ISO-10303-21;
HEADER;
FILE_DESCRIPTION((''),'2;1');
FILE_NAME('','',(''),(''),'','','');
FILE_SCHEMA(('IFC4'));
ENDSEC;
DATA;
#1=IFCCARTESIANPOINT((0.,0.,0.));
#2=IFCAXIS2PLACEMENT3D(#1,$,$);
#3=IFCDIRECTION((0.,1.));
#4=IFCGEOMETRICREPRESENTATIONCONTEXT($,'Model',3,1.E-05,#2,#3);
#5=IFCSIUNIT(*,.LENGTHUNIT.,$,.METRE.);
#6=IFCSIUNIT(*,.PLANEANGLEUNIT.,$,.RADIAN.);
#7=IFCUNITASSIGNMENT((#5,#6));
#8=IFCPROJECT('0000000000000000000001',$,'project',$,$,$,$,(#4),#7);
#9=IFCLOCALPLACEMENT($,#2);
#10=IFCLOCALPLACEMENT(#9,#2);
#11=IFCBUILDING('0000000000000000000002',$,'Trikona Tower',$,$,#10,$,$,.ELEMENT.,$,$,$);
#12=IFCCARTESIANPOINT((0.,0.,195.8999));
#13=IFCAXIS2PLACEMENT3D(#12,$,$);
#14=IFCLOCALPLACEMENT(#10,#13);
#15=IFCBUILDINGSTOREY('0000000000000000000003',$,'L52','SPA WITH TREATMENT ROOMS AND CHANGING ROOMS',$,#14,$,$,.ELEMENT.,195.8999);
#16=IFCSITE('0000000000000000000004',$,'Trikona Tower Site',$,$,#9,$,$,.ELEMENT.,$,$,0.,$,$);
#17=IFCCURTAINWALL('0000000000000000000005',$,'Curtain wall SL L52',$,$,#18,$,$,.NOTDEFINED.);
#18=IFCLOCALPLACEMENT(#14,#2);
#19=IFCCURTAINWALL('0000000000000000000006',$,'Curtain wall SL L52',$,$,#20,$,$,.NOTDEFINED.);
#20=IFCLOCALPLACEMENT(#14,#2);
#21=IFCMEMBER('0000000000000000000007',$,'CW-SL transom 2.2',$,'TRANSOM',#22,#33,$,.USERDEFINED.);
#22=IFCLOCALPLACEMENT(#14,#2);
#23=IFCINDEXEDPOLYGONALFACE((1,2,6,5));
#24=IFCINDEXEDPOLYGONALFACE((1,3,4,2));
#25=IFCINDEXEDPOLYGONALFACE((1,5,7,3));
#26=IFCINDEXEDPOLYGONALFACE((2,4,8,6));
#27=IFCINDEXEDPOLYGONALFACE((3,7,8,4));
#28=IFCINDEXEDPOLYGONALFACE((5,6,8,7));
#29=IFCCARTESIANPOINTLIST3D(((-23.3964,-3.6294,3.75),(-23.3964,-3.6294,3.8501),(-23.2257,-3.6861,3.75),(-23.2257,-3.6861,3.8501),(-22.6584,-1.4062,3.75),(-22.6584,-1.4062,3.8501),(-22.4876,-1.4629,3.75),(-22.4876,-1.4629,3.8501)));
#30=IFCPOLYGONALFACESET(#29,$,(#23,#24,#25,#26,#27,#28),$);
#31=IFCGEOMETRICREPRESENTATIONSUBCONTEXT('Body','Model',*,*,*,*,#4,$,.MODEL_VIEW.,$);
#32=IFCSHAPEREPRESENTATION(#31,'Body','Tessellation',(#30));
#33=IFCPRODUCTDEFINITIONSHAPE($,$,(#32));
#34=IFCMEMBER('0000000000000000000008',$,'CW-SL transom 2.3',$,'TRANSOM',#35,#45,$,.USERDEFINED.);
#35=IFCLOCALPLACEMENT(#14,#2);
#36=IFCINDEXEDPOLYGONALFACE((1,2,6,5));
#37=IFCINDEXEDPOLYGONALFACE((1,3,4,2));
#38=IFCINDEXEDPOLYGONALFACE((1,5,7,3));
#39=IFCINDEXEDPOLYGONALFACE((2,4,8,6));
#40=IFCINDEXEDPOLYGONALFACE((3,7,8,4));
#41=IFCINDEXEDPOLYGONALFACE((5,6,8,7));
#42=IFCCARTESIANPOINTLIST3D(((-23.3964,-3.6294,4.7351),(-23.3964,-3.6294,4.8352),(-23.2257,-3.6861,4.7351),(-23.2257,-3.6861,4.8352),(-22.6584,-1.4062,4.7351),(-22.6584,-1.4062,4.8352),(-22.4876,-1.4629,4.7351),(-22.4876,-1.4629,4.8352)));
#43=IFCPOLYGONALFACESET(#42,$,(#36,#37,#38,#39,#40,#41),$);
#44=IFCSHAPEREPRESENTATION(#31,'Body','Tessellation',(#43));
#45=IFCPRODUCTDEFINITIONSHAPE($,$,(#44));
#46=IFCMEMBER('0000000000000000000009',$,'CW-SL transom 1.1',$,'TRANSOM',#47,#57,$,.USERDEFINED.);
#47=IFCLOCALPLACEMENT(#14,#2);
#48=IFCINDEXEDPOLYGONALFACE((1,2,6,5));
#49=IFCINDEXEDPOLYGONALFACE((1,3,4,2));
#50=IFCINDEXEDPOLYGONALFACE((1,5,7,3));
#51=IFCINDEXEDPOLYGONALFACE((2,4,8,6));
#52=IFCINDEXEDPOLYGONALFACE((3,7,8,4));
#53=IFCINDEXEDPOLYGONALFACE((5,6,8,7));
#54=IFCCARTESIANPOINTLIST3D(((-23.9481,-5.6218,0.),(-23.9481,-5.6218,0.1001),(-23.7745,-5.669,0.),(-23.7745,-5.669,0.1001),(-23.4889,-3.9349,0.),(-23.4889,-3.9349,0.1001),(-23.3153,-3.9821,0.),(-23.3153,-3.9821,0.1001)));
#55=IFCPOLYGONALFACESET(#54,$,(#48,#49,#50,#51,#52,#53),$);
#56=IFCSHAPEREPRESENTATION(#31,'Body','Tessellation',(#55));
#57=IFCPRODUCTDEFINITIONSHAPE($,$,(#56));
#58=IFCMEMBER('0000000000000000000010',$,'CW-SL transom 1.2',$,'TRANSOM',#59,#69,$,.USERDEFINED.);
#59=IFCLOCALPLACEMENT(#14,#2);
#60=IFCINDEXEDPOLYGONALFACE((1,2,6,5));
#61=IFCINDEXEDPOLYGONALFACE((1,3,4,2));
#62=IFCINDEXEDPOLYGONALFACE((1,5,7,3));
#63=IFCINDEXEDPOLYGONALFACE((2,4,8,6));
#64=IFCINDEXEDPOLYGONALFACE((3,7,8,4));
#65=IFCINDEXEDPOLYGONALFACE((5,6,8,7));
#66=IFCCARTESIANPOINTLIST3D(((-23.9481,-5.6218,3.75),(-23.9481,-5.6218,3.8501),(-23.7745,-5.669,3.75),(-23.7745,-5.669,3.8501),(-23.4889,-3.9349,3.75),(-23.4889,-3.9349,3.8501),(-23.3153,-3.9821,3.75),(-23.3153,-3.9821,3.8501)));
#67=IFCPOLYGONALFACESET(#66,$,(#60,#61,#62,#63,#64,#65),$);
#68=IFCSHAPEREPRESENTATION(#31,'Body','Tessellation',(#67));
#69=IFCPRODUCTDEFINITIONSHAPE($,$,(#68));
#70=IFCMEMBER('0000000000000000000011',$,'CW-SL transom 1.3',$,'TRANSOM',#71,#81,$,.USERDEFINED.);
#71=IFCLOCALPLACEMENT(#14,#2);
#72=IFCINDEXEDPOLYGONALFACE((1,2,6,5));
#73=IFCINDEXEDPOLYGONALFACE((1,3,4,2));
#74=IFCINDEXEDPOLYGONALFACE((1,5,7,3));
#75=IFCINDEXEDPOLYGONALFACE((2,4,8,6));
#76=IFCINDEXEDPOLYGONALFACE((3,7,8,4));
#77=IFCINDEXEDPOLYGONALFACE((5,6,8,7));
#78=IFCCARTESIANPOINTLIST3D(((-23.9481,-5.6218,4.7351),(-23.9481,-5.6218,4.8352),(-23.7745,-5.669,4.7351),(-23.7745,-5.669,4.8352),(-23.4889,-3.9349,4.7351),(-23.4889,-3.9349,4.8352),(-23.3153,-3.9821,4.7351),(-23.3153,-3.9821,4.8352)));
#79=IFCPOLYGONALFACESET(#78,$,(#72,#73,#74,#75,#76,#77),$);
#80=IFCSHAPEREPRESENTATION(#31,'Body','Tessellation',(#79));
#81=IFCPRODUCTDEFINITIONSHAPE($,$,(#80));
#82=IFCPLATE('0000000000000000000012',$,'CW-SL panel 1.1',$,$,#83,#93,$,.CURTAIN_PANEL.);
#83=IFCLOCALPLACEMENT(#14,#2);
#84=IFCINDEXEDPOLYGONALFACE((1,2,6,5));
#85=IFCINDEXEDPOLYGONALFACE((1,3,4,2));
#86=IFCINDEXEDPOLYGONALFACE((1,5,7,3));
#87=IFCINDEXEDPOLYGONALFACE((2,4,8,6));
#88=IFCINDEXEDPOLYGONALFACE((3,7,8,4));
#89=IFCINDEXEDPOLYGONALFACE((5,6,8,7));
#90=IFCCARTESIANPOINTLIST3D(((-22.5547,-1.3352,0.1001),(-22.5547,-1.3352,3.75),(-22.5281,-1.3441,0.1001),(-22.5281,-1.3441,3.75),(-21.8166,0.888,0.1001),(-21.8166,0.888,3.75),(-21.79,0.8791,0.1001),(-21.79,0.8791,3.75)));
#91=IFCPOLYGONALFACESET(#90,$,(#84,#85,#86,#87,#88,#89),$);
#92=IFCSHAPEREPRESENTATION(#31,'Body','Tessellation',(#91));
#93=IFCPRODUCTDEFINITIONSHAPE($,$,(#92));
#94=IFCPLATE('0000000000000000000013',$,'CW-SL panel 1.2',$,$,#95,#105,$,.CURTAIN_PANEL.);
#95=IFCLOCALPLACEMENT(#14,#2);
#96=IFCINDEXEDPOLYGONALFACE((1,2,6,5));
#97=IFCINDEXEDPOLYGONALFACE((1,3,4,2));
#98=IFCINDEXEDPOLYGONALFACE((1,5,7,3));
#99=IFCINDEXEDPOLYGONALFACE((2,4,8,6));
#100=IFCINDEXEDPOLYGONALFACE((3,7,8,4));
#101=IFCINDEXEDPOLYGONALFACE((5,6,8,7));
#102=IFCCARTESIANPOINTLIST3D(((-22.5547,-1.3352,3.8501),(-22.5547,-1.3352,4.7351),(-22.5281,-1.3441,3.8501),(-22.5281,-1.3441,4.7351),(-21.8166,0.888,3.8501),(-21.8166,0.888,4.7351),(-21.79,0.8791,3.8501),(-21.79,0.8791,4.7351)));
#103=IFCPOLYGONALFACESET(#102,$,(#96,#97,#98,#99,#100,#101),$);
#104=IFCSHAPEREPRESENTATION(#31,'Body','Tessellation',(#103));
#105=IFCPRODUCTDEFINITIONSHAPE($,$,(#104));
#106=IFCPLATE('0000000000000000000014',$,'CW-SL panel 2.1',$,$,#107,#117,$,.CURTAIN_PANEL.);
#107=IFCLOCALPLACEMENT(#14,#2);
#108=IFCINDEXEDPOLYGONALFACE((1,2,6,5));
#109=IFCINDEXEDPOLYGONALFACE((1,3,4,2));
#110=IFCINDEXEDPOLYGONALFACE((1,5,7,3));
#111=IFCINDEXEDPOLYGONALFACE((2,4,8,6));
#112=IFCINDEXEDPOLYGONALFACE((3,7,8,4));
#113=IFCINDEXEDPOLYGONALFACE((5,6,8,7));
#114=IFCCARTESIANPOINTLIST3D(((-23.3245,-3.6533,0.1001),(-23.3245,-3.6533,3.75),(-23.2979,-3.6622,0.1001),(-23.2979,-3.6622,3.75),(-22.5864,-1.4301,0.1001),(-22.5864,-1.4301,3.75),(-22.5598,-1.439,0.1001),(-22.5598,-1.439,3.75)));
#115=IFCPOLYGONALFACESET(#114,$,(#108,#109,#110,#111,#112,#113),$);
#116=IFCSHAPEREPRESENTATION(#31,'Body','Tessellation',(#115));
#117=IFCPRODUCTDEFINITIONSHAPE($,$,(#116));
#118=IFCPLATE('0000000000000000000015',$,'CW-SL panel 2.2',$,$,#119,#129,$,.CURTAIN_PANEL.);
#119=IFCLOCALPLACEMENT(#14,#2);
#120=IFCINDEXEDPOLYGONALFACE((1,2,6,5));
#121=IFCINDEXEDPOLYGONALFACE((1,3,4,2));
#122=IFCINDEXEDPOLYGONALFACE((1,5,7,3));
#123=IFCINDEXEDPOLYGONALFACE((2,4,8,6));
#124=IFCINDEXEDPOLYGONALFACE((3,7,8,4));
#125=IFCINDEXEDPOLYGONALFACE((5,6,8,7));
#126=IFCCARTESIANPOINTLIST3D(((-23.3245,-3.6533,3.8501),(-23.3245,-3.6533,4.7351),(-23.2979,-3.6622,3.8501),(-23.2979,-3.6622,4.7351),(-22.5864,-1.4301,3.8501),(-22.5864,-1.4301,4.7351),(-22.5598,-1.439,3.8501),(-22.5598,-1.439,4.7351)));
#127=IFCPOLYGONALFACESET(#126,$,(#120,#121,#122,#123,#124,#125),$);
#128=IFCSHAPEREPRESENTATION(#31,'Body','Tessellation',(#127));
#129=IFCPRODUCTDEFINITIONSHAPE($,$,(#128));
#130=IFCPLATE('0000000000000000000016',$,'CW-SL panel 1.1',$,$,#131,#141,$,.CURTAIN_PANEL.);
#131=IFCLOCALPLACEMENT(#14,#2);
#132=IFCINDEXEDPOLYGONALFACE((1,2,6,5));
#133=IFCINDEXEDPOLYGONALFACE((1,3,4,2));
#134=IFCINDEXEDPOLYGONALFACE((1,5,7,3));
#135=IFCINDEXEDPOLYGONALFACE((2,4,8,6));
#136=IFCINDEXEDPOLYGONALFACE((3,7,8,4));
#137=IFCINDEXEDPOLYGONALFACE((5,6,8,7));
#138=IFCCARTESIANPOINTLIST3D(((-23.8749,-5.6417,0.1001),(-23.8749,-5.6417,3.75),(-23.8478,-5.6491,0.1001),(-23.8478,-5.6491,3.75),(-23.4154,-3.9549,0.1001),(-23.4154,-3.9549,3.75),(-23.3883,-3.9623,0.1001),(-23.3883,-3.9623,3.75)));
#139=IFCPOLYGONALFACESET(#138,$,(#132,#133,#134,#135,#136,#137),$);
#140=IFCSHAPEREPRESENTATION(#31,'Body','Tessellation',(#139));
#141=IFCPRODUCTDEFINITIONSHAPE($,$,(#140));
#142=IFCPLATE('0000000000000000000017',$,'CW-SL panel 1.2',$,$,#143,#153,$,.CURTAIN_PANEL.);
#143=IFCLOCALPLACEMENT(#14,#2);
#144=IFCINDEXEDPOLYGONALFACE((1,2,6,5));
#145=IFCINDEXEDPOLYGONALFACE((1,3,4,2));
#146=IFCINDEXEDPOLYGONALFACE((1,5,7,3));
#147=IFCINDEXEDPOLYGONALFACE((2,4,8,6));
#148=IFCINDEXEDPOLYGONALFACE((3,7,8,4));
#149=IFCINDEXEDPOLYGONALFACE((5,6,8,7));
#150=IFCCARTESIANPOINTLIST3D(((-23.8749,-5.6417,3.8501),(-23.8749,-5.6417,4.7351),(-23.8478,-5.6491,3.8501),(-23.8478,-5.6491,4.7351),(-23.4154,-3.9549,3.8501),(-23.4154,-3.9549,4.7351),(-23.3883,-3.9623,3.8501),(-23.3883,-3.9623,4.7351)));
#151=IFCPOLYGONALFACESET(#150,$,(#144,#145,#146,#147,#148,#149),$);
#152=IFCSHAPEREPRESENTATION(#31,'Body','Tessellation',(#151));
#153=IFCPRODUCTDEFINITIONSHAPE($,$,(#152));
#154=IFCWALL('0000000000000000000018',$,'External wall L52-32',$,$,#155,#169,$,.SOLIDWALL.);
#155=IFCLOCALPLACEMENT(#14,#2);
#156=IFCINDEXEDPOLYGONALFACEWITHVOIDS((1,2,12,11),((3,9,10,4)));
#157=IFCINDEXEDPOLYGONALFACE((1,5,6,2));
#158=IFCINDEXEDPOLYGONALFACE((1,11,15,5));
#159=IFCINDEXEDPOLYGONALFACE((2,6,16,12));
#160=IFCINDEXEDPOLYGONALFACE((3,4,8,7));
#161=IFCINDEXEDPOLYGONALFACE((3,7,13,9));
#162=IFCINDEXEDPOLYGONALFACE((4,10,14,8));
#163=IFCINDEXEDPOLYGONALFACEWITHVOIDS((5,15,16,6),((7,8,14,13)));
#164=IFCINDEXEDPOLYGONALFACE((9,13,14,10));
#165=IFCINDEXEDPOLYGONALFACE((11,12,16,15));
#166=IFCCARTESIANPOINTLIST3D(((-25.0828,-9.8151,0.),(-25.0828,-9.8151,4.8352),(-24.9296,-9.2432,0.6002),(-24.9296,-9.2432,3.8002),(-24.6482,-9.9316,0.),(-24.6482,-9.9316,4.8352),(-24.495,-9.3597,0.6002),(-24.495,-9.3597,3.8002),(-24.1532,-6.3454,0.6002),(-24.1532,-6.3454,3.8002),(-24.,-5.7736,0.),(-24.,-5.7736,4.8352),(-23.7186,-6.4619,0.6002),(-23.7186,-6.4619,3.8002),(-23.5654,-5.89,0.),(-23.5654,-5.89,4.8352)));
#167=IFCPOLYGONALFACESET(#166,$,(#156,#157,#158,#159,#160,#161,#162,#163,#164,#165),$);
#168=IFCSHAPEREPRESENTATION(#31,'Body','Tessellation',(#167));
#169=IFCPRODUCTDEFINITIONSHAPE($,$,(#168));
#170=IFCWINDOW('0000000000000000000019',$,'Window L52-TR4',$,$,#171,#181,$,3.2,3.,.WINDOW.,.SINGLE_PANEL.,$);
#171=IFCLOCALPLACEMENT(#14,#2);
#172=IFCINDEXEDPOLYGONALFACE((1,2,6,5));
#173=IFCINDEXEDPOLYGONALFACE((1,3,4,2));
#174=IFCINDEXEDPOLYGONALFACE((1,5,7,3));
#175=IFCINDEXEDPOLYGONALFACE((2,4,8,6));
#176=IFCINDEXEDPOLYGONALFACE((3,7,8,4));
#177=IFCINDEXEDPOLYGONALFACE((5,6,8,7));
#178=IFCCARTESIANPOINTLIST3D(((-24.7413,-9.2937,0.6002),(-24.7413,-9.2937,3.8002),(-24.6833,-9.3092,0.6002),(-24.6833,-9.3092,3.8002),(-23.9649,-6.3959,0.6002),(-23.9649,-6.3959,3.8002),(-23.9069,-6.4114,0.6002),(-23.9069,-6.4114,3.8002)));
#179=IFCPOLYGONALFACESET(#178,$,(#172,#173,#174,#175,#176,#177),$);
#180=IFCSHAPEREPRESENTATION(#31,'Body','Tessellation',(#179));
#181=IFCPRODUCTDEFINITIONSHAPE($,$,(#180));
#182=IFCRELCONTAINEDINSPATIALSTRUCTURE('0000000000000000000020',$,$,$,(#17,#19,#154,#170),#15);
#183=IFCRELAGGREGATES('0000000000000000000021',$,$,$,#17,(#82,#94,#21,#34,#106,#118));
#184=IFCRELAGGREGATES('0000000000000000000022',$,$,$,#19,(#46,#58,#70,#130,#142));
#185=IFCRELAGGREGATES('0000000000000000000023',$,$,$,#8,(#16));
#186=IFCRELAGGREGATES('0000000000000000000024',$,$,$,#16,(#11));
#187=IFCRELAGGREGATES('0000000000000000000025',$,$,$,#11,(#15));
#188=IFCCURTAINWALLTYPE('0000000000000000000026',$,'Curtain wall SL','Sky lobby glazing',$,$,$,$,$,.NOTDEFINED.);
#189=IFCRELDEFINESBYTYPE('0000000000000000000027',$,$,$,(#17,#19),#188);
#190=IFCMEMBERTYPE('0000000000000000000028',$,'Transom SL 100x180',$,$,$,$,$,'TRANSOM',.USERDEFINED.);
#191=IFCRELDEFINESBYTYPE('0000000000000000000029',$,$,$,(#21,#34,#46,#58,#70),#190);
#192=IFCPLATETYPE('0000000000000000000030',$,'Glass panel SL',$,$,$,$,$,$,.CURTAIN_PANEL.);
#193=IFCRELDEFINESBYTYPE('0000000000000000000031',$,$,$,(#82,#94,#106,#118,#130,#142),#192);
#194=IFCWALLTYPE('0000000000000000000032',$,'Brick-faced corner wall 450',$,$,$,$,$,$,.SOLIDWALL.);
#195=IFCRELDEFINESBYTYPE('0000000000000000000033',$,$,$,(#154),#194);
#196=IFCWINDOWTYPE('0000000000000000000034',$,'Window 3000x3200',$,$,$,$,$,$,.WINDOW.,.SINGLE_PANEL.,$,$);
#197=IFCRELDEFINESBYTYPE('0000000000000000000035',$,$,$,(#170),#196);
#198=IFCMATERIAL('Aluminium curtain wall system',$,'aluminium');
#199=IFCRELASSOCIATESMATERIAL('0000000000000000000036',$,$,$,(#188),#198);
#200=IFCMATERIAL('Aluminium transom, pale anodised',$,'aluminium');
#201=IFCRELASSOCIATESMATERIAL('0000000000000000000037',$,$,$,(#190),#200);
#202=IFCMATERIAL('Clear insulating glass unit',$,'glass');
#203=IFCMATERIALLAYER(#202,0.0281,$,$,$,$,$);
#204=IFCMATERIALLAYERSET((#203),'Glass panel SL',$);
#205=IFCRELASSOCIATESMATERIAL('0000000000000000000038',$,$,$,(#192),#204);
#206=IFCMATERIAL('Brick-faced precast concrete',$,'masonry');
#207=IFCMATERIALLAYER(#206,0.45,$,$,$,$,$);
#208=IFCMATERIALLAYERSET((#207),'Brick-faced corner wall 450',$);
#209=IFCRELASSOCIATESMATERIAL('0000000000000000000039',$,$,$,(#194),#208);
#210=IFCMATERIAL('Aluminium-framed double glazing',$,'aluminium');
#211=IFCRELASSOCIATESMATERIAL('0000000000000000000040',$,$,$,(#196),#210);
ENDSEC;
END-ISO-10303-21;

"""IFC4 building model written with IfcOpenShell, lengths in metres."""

from ifc_helpers import new_model, si_unit, direction, frame, frame_2d, origin, origin_2d, place, context, subcontext, project, spatial, rectangle, extrude, material, layer, layer_set, material_profile, profile_set, type_object, element, fill, aggregate, save


model = new_model("IFC4")

# Units and contexts
model_context = context("Model", 3, precision=1e-05, world=origin(), true_north=direction((0.0, 1.0)))
body_context = subcontext(model_context, "Body", "Model", "MODEL_VIEW")
ifc_project = project(units=[si_unit("LENGTHUNIT", "METRE"), si_unit("PLANEANGLEUNIT", "RADIAN")], contexts=[model_context])

# Site, building, storey
site_placement = place(None, origin())
site = spatial("IfcSite", under=ifc_project, at=site_placement, Name="Trikona Tower Site", CompositionType="ELEMENT", RefElevation=0.0)
building_placement = place(site_placement, origin())
building = spatial("IfcBuilding", under=site, at=building_placement, Name="Trikona Tower", CompositionType="ELEMENT")
storey_placement = place(building_placement, frame((0.0, 0.0, 195.8999)))
storey = spatial("IfcBuildingStorey", under=building, at=storey_placement, Name="L52", Description="SPA WITH TREATMENT ROOMS AND CHANGING ROOMS", CompositionType="ELEMENT", Elevation=195.8999)

# Curtain walls
ifc_material_1 = material(Name="Aluminium curtain wall system", Category="aluminium")
curtain_wall_type = type_object("IfcCurtainWallType", Name="Curtain wall SL", Description="Sky lobby glazing", PredefinedType="NOTDEFINED", material=ifc_material_1)
curtain_wall_1_placement = place(storey_placement, origin())
curtain_wall_1 = element("IfcCurtainWall", 1, at=curtain_wall_1_placement, inside=storey, type_object=curtain_wall_type, Name="Curtain wall SL L52", PredefinedType="NOTDEFINED")
curtain_wall_2_placement = place(storey_placement, origin())
curtain_wall_2 = element("IfcCurtainWall", 2, at=curtain_wall_2_placement, inside=storey, type_object=curtain_wall_type, Name="Curtain wall SL L52", PredefinedType="NOTDEFINED")

# Members
ifc_material_2 = material(Name="Aluminium transom, pale anodised", Category="aluminium")
ifc_material_profile_1 = material_profile(ifc_material_2, rectangle(XDim=0.1799, YDim=0.1001, at=origin_2d()), Name="TRN-SL")
ifc_profile_set_1 = profile_set([ifc_material_profile_1], Name="Aluminium transom, pale anodised")
member_type_1 = type_object("IfcMemberType", Name="Transom SL 100x180", ElementType="TRANSOM", PredefinedType="USERDEFINED", material=ifc_profile_set_1)
member_1_placement = place(storey_placement, frame((-22.573, -1.4346, 3.8), z_axis=(-0.315071, -0.949068, 0.0), x_axis=(0.949068, -0.315071, 0.0)))
member_1 = element("IfcMember", 3, at=member_1_placement, type_object=member_type_1, Name="CW-SL transom 2.2", ObjectType="TRANSOM", PredefinedType="USERDEFINED", context=body_context, shape_type="SweptSolid", body=[
    extrude(rectangle(XDim=0.1799, YDim=0.1001, at=origin_2d()), origin(), (0.0, 0.0, 1.0), 2.3425),
])
member_2_placement = place(storey_placement, frame((-22.573, -1.4346, 4.7852), z_axis=(-0.315071, -0.949068, 0.0), x_axis=(0.949068, -0.315071, 0.0)))
member_2 = element("IfcMember", 4, at=member_2_placement, type_object=member_type_1, Name="CW-SL transom 2.3", ObjectType="TRANSOM", PredefinedType="USERDEFINED", context=body_context, shape_type="SweptSolid", body=[
    extrude(rectangle(XDim=0.1799, YDim=0.1001, at=origin_2d()), origin(), (0.0, 0.0, 1.0), 2.3425),
])
member_3_placement = place(storey_placement, frame((-23.4021, -3.9585, 0.05), z_axis=(-0.262657, -0.964889, 0.0), x_axis=(0.964889, -0.262657, 0.0)))
member_3 = element("IfcMember", 5, at=member_3_placement, type_object=member_type_1, Name="CW-SL transom 1.1", ObjectType="TRANSOM", PredefinedType="USERDEFINED", context=body_context, shape_type="SweptSolid", body=[
    extrude(rectangle(XDim=0.1799, YDim=0.1001, at=origin_2d()), origin(), (0.0, 0.0, 1.0), 1.7483),
])
member_4_placement = place(storey_placement, frame((-23.4021, -3.9585, 3.8), z_axis=(-0.262657, -0.964889, 0.0), x_axis=(0.964889, -0.262657, 0.0)))
member_4 = element("IfcMember", 6, at=member_4_placement, type_object=member_type_1, Name="CW-SL transom 1.2", ObjectType="TRANSOM", PredefinedType="USERDEFINED", context=body_context, shape_type="SweptSolid", body=[
    extrude(rectangle(XDim=0.1799, YDim=0.1001, at=origin_2d()), origin(), (0.0, 0.0, 1.0), 1.7483),
])
member_5_placement = place(storey_placement, frame((-23.4021, -3.9585, 4.7852), z_axis=(-0.262657, -0.964889, 0.0), x_axis=(0.964889, -0.262657, 0.0)))
member_5 = element("IfcMember", 7, at=member_5_placement, type_object=member_type_1, Name="CW-SL transom 1.3", ObjectType="TRANSOM", PredefinedType="USERDEFINED", context=body_context, shape_type="SweptSolid", body=[
    extrude(rectangle(XDim=0.1799, YDim=0.1001, at=origin_2d()), origin(), (0.0, 0.0, 1.0), 1.7483),
])

# Plates
ifc_material_3 = material(Name="Clear insulating glass unit", Category="glass")
ifc_layer_1 = layer(ifc_material_3, 0.0281)
ifc_layer_set_1 = layer_set([ifc_layer_1], Name="Glass panel SL")
plate_type = type_object("IfcPlateType", Name="Glass panel SL", PredefinedType="CURTAIN_PANEL", material=ifc_layer_set_1)
plate_1_placement = place(storey_placement, frame((-22.1724, -0.228, 0.1001), z_axis=(0.0, 0.0, 1.0), x_axis=(-0.315096, -0.94906, 0.0)))
plate_1 = element("IfcPlate", 8, at=plate_1_placement, type_object=plate_type, Name="CW-SL panel 1.1", PredefinedType="CURTAIN_PANEL", context=body_context, shape_type="SweptSolid", body=[
    extrude(rectangle(XDim=2.3425, YDim=0.0281, at=origin_2d()), origin(), (0.0, 0.0, 1.0), 3.6499),
])
plate_2_placement = place(storey_placement, frame((-22.1724, -0.228, 3.8501), z_axis=(0.0, 0.0, 1.0), x_axis=(-0.315096, -0.94906, 0.0)))
plate_2 = element("IfcPlate", 9, at=plate_2_placement, type_object=plate_type, Name="CW-SL panel 1.2", PredefinedType="CURTAIN_PANEL", context=body_context, shape_type="SweptSolid", body=[
    extrude(rectangle(XDim=2.3425, YDim=0.0281, at=origin_2d()), origin(), (0.0, 0.0, 1.0), 0.885),
])
plate_3_placement = place(storey_placement, frame((-22.9421, -2.5461, 0.1001), z_axis=(0.0, 0.0, 1.0), x_axis=(-0.315096, -0.94906, 0.0)))
plate_3 = element("IfcPlate", 10, at=plate_3_placement, type_object=plate_type, Name="CW-SL panel 2.1", PredefinedType="CURTAIN_PANEL", context=body_context, shape_type="SweptSolid", body=[
    extrude(rectangle(XDim=2.3425, YDim=0.0281, at=origin_2d()), origin(), (0.0, 0.0, 1.0), 3.6499),
])
plate_4_placement = place(storey_placement, frame((-22.9421, -2.5461, 3.8501), z_axis=(0.0, 0.0, 1.0), x_axis=(-0.315096, -0.94906, 0.0)))
plate_4 = element("IfcPlate", 11, at=plate_4_placement, type_object=plate_type, Name="CW-SL panel 2.2", PredefinedType="CURTAIN_PANEL", context=body_context, shape_type="SweptSolid", body=[
    extrude(rectangle(XDim=2.3425, YDim=0.0281, at=origin_2d()), origin(), (0.0, 0.0, 1.0), 0.885),
])
aggregate(curtain_wall_1, [plate_1, plate_2, member_1, member_2, plate_3, plate_4])
plate_5_placement = place(storey_placement, frame((-23.6316, -4.802, 0.1001), z_axis=(0.0, 0.0, 1.0), x_axis=(-0.262796, -0.964851, 0.0)))
plate_5 = element("IfcPlate", 12, at=plate_5_placement, type_object=plate_type, Name="CW-SL panel 1.1", PredefinedType="CURTAIN_PANEL", context=body_context, shape_type="SweptSolid", body=[
    extrude(rectangle(XDim=1.7483, YDim=0.0281, at=origin_2d()), origin(), (0.0, 0.0, 1.0), 3.6499),
])
plate_6_placement = place(storey_placement, frame((-23.6316, -4.802, 3.8501), z_axis=(0.0, 0.0, 1.0), x_axis=(-0.262796, -0.964851, 0.0)))
plate_6 = element("IfcPlate", 13, at=plate_6_placement, type_object=plate_type, Name="CW-SL panel 1.2", PredefinedType="CURTAIN_PANEL", context=body_context, shape_type="SweptSolid", body=[
    extrude(rectangle(XDim=1.7483, YDim=0.0281, at=origin_2d()), origin(), (0.0, 0.0, 1.0), 0.885),
])
aggregate(curtain_wall_2, [member_3, member_4, member_5, plate_5, plate_6])

# Wall, opening, window
ifc_material_4 = material(Name="Brick-faced precast concrete", Category="masonry")
ifc_layer_2 = layer(ifc_material_4, 0.45)
ifc_layer_set_2 = layer_set([ifc_layer_2], Name="Brick-faced corner wall 450")
wall_type_1 = type_object("IfcWallType", Name="Brick-faced corner wall 450", PredefinedType="SOLIDWALL", material=ifc_layer_set_2)
wall_1_placement = place(storey_placement, frame((-23.7827, -5.8318, 0.0), z_axis=(0.0, 0.0, 1.0), x_axis=(-0.258785, -0.965935, 0.0)))
wall_1 = element("IfcWall", 14, at=wall_1_placement, inside=storey, type_object=wall_type_1, Name="External wall L52-32", PredefinedType="SOLIDWALL", context=body_context, shape_type="SweptSolid", body=[
    extrude(rectangle(XDim=4.1841, YDim=0.45, at=frame_2d((2.092, 0.0))), origin(), (0.0, 0.0, 1.0), 4.8352),
])
opening_1_placement = place(wall_1_placement, frame((0.592, 0.0, 0.6001)))
opening_1 = element("IfcOpeningElement", 15, at=opening_1_placement, cuts=wall_1, PredefinedType="OPENING", context=body_context, shape_type="SweptSolid", body=[
    extrude(rectangle(XDim=3.0, YDim=3.2, at=frame_2d((1.5, 1.6001))), frame((0.0, 0.2349, 0.0), z_axis=(0.0, -1.0, 0.0), x_axis=(1.0, 0.0, 0.0)), (0.0, 0.0, 1.0), 0.47),
])
ifc_material_5 = material(Name="Aluminium-framed double glazing", Category="aluminium")
window_type = type_object("IfcWindowType", Name="Window 3000x3200", PartitioningType="SINGLE_PANEL", PredefinedType="WINDOW", material=ifc_material_5)
window_placement = place(opening_1_placement, origin())
window = element("IfcWindow", 16, at=window_placement, inside=storey, type_object=window_type, Name="Window L52-TR4", OverallHeight=3.2, OverallWidth=3.0, PartitioningType="SINGLE_PANEL", PredefinedType="WINDOW", context=body_context, shape_type="SweptSolid", body=[
    extrude(rectangle(XDim=3.0, YDim=3.2, at=frame_2d((1.5, 1.6001))), frame((0.0, 0.03, 0.0), z_axis=(0.0, -1.0, 0.0), x_axis=(1.0, 0.0, 0.0)), (0.0, 0.0, 1.0), 0.0601),
])
fill(opening_1, window)

save(model, "model.ifc")
